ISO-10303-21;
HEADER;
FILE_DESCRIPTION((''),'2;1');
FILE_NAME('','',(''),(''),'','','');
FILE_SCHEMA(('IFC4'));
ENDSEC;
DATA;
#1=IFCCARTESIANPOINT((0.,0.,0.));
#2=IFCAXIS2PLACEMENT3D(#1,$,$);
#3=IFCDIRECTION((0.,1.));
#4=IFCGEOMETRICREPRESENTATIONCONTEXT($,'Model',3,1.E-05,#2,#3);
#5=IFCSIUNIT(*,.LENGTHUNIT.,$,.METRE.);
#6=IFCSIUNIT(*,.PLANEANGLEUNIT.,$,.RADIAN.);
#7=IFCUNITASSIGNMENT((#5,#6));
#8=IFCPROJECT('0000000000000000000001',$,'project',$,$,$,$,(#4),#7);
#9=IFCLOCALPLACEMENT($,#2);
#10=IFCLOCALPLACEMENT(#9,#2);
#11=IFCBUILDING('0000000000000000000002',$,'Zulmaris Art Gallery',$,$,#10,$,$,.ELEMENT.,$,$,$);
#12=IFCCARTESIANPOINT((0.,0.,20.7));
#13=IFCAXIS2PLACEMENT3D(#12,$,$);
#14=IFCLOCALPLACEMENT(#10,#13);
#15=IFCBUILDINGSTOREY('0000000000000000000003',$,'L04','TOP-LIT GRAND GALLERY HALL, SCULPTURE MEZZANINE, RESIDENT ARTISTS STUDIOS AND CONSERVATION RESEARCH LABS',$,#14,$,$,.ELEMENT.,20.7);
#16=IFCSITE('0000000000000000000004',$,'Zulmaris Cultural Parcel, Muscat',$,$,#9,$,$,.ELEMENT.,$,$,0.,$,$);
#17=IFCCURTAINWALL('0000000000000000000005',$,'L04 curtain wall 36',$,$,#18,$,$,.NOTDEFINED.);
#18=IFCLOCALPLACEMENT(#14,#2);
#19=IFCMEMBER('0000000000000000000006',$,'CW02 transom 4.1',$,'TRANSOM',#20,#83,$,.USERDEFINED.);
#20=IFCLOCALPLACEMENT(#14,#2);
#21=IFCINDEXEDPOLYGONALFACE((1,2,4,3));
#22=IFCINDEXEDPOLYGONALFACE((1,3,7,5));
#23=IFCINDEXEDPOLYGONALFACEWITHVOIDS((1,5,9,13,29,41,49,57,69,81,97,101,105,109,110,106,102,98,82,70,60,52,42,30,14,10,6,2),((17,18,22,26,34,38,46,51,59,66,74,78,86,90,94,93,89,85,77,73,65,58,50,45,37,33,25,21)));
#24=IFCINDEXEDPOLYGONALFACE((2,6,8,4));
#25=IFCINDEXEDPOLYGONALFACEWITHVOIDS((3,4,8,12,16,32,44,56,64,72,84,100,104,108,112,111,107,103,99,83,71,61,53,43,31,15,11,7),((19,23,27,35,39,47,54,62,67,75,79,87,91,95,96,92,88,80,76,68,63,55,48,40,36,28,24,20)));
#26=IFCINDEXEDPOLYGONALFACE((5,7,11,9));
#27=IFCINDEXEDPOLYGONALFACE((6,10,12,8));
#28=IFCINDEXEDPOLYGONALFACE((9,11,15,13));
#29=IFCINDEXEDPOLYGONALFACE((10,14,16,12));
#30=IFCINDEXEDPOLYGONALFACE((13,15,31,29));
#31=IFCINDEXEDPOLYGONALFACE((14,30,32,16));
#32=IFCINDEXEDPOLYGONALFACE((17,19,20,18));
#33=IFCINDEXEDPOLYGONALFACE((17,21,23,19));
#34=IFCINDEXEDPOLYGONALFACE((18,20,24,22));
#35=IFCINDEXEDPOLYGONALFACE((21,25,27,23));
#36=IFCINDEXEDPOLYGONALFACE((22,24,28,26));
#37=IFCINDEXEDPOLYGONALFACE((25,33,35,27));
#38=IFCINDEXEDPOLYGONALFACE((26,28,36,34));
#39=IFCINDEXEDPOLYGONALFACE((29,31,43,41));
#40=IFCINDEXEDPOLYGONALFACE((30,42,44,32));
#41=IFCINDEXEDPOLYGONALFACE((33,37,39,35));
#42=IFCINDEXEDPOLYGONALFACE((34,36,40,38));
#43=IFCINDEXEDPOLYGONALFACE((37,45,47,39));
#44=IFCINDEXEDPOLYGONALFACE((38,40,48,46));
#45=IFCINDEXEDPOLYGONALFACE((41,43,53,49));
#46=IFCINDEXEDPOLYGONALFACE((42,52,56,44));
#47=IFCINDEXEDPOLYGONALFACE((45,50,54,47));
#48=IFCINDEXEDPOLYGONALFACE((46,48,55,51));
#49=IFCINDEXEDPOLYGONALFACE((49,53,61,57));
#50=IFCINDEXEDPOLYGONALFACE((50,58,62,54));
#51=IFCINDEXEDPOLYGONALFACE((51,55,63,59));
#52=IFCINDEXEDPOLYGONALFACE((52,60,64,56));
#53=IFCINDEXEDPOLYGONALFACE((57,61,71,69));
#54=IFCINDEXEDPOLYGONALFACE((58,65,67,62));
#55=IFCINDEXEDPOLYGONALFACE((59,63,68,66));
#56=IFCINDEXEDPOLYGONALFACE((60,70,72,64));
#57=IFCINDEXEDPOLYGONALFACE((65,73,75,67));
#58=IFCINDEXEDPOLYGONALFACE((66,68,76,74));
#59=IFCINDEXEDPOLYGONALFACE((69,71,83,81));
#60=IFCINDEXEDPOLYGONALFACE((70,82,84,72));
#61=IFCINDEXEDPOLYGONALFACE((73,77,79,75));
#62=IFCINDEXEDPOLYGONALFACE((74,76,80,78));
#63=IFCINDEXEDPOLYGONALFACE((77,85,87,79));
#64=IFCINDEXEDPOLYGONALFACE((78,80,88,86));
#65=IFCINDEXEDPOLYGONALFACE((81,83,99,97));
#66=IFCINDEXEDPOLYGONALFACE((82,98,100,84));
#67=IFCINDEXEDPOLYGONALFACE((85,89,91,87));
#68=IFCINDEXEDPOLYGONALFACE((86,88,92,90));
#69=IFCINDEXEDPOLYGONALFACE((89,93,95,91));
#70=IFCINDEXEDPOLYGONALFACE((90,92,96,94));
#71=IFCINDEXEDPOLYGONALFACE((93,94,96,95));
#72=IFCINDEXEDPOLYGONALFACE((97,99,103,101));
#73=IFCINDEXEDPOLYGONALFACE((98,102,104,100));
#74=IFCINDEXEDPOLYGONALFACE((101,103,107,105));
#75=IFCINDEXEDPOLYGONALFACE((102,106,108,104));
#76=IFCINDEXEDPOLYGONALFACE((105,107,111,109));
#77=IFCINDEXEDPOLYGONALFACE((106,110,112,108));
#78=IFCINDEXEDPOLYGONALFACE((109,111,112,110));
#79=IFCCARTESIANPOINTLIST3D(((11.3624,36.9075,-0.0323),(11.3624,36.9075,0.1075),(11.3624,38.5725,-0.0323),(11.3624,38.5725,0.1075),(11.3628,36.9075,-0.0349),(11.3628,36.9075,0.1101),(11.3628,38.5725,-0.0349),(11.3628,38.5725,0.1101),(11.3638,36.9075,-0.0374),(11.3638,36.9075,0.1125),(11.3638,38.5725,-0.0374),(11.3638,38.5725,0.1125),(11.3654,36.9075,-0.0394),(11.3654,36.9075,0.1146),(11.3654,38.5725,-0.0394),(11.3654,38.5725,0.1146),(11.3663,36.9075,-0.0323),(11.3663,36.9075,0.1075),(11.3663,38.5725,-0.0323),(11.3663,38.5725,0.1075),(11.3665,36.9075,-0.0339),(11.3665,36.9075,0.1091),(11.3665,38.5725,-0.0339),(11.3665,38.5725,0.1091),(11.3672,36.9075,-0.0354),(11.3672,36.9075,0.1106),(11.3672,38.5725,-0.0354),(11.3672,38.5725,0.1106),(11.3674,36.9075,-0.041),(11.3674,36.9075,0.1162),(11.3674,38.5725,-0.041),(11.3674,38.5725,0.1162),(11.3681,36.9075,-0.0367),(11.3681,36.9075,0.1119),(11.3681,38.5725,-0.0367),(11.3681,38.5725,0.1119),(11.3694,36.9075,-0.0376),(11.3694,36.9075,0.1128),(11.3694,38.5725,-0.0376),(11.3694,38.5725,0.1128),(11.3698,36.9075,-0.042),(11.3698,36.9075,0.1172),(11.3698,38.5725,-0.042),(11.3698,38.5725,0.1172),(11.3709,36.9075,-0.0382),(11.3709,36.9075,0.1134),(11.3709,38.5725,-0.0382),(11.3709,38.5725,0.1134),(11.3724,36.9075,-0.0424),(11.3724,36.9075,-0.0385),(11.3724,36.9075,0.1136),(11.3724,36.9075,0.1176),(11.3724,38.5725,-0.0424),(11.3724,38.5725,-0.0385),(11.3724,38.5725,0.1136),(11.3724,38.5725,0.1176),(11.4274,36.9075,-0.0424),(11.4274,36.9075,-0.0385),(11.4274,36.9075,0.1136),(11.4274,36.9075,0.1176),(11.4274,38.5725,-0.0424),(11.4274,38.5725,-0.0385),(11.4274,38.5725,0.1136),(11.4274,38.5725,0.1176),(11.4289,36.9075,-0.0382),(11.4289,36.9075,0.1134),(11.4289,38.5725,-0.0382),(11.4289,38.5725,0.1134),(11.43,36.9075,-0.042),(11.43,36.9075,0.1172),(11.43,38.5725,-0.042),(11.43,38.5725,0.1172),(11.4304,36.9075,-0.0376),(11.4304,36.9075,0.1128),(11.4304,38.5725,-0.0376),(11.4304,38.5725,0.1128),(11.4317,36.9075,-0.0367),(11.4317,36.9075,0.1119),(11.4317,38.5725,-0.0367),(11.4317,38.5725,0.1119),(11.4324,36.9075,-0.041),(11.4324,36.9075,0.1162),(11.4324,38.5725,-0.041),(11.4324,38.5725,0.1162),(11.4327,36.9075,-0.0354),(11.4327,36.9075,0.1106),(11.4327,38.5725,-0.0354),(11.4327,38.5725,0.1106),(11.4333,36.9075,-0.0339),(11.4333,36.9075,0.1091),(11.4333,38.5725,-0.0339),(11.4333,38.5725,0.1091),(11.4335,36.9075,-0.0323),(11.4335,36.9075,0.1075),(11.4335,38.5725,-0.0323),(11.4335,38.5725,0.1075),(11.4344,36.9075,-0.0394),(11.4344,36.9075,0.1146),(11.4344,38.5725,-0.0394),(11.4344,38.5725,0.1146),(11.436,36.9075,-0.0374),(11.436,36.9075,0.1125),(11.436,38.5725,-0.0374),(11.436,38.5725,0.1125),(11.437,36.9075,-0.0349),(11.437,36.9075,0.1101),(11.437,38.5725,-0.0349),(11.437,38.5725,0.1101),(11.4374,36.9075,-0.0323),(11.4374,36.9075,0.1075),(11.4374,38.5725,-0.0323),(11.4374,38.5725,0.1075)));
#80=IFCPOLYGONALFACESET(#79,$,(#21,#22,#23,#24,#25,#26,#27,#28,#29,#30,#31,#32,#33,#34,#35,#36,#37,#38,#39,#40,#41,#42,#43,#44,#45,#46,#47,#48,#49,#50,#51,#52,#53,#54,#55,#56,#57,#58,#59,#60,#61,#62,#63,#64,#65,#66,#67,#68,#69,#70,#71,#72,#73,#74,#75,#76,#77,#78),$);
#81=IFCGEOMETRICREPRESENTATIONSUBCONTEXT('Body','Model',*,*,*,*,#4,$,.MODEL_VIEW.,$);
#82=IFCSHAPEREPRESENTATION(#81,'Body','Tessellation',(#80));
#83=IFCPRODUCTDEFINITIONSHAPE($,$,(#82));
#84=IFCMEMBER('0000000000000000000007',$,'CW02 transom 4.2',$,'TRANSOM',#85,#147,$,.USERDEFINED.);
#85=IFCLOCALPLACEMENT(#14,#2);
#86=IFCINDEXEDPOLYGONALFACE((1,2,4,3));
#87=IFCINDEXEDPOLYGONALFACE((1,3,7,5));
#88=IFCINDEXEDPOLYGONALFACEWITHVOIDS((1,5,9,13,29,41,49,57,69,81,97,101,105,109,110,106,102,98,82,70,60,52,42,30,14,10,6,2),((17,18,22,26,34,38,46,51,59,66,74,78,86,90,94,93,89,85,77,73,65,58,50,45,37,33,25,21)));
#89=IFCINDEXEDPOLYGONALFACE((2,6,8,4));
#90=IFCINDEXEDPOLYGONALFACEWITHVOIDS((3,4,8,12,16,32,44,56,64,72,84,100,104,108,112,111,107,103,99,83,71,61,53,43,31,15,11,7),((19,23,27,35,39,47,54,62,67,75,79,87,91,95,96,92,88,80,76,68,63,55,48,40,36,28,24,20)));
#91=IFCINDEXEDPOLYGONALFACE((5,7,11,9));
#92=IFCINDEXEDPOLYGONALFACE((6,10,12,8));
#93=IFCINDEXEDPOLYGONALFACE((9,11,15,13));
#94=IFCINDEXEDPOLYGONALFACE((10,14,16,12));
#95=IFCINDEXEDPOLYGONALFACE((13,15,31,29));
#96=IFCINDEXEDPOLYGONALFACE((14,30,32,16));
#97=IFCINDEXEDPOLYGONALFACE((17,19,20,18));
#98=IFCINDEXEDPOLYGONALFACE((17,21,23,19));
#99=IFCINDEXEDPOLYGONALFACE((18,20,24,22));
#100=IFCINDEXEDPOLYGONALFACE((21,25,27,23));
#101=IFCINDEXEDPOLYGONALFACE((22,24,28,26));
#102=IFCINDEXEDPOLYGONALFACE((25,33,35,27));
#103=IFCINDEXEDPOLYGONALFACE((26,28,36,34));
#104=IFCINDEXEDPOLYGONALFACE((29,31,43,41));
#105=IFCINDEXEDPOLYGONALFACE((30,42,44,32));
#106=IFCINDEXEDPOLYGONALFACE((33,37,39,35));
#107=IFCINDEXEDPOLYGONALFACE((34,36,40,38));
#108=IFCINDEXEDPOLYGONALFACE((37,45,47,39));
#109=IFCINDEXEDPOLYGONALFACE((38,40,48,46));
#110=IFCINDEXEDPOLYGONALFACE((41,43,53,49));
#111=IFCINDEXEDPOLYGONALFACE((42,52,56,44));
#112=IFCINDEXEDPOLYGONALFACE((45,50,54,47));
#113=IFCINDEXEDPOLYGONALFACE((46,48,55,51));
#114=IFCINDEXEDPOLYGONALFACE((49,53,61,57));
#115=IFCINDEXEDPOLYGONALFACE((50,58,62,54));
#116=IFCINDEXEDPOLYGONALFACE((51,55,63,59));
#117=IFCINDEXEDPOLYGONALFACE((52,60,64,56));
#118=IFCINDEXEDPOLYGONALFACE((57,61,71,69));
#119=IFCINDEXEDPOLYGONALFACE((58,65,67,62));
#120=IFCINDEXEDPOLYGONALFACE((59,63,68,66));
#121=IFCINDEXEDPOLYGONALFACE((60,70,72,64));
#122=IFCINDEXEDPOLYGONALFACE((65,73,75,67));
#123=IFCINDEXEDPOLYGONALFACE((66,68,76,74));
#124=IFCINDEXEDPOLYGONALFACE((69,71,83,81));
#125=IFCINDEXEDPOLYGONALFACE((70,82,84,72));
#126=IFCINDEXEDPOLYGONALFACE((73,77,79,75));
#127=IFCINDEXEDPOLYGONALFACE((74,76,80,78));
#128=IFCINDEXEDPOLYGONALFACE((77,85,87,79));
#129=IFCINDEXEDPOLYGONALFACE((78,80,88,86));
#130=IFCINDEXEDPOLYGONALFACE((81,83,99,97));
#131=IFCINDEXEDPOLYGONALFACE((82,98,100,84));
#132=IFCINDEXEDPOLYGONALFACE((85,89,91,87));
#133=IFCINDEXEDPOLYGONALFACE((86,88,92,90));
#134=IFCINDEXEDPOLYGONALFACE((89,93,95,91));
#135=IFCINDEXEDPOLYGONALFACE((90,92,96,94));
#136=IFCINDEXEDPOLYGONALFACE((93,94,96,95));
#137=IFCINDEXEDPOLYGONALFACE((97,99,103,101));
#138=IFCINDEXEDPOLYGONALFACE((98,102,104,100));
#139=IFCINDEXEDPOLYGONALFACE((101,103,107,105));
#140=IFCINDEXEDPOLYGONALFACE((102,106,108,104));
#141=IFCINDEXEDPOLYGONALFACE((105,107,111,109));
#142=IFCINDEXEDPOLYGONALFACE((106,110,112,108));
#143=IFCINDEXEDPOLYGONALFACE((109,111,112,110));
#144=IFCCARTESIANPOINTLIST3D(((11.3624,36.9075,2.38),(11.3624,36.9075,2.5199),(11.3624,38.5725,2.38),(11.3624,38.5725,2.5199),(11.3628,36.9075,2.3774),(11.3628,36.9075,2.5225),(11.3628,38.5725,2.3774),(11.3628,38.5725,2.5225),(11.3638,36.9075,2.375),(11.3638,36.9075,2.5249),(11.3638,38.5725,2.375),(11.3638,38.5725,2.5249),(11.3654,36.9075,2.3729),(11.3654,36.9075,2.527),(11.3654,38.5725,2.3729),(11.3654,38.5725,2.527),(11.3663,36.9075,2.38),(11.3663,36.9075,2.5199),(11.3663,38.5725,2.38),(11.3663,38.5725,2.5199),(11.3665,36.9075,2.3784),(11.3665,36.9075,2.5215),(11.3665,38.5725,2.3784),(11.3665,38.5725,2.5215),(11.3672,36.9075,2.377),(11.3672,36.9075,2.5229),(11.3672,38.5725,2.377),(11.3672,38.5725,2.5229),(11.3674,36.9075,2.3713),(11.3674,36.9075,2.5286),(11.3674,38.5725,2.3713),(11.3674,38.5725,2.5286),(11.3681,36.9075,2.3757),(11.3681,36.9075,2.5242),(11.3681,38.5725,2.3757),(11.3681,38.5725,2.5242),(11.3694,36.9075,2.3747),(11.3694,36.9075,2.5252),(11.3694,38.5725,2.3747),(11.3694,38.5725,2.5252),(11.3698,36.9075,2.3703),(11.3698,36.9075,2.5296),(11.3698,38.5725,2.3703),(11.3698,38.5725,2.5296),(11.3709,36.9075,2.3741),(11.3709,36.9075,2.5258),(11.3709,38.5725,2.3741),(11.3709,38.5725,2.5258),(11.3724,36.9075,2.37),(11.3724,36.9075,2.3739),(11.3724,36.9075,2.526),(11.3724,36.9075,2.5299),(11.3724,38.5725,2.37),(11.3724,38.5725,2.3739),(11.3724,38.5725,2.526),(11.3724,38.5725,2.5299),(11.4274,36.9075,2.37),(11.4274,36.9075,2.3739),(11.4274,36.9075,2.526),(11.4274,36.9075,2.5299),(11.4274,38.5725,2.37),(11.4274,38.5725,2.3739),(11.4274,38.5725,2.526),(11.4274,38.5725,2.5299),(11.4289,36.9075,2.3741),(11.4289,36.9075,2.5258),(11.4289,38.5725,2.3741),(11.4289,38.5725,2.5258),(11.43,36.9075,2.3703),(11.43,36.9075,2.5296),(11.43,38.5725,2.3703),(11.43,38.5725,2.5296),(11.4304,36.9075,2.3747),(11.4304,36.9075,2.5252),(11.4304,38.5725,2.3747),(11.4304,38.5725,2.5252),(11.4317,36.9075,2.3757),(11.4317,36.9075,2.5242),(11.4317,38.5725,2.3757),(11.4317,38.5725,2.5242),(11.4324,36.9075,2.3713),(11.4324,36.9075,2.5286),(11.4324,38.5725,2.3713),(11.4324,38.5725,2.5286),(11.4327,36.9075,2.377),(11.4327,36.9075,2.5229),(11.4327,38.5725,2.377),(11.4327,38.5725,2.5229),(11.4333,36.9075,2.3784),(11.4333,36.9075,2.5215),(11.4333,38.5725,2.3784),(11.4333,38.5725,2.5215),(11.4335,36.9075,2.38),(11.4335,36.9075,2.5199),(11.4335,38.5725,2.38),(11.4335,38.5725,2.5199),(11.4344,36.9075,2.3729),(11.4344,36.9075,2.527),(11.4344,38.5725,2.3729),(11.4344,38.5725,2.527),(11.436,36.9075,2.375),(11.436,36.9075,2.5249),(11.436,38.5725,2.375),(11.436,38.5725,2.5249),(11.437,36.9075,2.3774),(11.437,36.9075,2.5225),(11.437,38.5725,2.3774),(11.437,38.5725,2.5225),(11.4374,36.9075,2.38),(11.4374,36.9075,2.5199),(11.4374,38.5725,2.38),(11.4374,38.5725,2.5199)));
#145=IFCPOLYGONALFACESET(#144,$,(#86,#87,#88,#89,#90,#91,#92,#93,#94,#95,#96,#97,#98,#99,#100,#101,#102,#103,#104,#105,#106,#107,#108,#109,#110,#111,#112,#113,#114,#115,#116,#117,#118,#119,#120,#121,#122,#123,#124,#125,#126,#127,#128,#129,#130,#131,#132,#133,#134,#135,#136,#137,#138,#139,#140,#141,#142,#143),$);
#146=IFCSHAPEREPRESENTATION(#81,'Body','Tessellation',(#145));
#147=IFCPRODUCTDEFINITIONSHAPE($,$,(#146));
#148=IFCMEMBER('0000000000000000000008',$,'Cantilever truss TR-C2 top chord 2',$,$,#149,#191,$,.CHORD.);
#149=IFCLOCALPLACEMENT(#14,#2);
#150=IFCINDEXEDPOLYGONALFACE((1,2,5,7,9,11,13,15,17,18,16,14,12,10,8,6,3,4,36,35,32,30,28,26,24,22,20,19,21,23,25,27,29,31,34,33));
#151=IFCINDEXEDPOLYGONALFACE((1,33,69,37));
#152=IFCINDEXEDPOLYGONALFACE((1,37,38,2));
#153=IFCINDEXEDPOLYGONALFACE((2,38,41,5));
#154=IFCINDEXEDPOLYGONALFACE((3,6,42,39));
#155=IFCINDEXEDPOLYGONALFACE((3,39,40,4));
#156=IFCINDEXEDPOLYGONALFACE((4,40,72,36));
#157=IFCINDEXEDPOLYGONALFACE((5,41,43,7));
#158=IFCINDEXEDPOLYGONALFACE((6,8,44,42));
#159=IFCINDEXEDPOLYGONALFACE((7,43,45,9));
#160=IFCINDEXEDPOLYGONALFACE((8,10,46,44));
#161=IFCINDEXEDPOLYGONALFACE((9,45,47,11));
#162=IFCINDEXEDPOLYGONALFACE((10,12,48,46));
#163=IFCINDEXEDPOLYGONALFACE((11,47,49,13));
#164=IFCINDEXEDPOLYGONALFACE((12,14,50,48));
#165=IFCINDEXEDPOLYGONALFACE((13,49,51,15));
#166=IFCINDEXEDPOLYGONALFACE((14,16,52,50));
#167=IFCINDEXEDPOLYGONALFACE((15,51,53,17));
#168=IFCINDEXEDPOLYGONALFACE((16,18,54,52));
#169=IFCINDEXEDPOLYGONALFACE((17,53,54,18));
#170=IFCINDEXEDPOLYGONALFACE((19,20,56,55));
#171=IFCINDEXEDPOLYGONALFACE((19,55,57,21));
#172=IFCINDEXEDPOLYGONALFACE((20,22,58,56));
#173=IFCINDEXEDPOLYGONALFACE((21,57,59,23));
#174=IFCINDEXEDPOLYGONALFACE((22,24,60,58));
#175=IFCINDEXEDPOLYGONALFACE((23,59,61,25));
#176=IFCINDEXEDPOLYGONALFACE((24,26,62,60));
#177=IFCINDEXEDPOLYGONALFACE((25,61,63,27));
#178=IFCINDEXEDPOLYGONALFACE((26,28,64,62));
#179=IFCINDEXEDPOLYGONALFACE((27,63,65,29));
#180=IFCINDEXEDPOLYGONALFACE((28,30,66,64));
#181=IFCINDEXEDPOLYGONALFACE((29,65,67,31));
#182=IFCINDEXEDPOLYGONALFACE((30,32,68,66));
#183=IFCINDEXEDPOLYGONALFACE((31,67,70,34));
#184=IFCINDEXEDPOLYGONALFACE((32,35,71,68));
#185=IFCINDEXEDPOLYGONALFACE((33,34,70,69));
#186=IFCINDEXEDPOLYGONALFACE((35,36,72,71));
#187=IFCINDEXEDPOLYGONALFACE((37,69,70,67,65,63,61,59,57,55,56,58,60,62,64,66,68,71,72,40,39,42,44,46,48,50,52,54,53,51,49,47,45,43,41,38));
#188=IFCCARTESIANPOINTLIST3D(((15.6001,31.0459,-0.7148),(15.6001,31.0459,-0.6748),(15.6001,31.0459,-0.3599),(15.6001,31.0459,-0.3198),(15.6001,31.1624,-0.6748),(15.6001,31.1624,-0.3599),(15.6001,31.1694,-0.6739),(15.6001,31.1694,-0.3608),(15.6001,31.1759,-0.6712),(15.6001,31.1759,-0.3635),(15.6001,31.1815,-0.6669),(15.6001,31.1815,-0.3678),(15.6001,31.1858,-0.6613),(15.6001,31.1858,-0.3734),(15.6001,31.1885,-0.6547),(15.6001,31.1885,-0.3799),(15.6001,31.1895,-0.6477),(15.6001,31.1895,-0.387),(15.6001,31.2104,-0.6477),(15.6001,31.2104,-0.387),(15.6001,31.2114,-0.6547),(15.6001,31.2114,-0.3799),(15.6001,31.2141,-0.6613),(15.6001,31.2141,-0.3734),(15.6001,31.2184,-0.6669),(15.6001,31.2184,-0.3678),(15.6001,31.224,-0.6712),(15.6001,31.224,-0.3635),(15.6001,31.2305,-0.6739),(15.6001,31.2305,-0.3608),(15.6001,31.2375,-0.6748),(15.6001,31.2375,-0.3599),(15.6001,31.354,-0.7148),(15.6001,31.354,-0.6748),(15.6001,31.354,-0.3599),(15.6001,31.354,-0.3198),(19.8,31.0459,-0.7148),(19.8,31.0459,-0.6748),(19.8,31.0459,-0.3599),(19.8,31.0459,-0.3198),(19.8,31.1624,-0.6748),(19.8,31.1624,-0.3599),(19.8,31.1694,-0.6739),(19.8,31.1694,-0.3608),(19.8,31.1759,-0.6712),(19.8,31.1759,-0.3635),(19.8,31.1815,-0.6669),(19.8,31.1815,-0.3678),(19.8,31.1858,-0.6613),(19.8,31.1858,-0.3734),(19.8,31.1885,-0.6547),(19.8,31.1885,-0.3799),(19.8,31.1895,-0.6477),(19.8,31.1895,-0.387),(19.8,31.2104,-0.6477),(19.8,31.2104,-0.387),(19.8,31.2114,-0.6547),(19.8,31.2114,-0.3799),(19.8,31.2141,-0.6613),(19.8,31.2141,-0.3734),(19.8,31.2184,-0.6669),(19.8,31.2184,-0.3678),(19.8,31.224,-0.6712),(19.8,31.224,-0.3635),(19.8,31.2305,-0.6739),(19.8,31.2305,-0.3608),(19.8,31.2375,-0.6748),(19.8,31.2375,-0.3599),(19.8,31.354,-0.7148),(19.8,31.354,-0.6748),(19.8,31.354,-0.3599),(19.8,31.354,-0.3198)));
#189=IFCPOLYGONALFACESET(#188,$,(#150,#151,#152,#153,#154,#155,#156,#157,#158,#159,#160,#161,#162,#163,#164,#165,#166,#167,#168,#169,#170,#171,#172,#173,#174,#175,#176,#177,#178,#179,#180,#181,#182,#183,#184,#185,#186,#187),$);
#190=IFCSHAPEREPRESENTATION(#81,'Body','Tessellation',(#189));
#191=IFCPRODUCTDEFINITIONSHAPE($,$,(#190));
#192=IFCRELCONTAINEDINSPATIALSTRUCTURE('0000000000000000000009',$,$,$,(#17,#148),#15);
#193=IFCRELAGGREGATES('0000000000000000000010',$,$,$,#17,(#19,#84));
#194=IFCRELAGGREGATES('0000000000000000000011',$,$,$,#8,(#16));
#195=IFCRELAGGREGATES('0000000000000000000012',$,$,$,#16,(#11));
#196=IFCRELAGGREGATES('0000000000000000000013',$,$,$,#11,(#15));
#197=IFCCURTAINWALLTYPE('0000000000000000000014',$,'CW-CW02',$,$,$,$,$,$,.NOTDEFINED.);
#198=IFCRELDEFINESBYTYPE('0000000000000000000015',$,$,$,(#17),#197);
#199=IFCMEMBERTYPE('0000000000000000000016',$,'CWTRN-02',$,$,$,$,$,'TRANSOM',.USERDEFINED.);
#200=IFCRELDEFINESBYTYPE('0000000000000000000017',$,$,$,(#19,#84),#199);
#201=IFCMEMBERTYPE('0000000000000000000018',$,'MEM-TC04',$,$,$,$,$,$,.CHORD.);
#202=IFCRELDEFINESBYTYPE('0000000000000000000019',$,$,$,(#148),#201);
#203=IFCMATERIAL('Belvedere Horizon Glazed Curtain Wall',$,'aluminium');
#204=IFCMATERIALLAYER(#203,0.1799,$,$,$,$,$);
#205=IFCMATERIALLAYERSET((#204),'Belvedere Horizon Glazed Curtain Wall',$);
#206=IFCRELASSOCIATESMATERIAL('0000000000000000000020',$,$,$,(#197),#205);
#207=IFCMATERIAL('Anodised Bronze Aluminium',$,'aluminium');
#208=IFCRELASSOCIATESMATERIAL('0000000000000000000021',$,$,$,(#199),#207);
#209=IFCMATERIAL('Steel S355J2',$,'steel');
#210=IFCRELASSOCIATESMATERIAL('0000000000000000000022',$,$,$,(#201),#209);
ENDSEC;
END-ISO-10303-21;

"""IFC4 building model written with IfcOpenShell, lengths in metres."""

from ifc_helpers import new_model, si_unit, direction, frame, origin, origin_2d, place, context, subcontext, project, spatial, hollow_rectangle, i_section, extrude, material, layer, layer_set, material_profile, profile_set, type_object, element, aggregate, save


model = new_model("IFC4")

# Units and contexts
model_context = context("Model", 3, precision=1e-05, world=origin(), true_north=direction((0.0, 1.0)))
body_context = subcontext(model_context, "Body", "Model", "MODEL_VIEW")
ifc_project = project(units=[si_unit("LENGTHUNIT", "METRE"), si_unit("PLANEANGLEUNIT", "RADIAN")], contexts=[model_context])

# Site, building, storey
site_placement = place(None, origin())
site = spatial("IfcSite", under=ifc_project, at=site_placement, Name="Zulmaris Cultural Parcel, Muscat", CompositionType="ELEMENT", RefElevation=0.0)
building_placement = place(site_placement, origin())
building = spatial("IfcBuilding", under=site, at=building_placement, Name="Zulmaris Art Gallery", CompositionType="ELEMENT")
storey_placement = place(building_placement, frame((0.0, 0.0, 20.7)))
storey = spatial("IfcBuildingStorey", under=building, at=storey_placement, Name="L04", Description="TOP-LIT GRAND GALLERY HALL, SCULPTURE MEZZANINE, RESIDENT ARTISTS STUDIOS AND CONSERVATION RESEARCH LABS", CompositionType="ELEMENT", Elevation=20.7)

# Shared definitions
ifc_material_1 = material(Name="Steel S355J2", Category="steel")

# Curtain wall, members
ifc_material_2 = material(Name="Belvedere Horizon Glazed Curtain Wall", Category="aluminium")
ifc_layer_1 = layer(ifc_material_2, 0.1799)
ifc_layer_set_1 = layer_set([ifc_layer_1], Name="Belvedere Horizon Glazed Curtain Wall")
curtain_wall_type = type_object("IfcCurtainWallType", Name="CW-CW02", PredefinedType="NOTDEFINED", material=ifc_layer_set_1)
curtain_wall_placement = place(storey_placement, origin())
curtain_wall = element("IfcCurtainWall", 1, at=curtain_wall_placement, inside=storey, type_object=curtain_wall_type, Name="L04 curtain wall 36", PredefinedType="NOTDEFINED")
ifc_material_3 = material(Name="Anodised Bronze Aluminium", Category="aluminium")
ifc_material_profile_1 = material_profile(ifc_material_3, hollow_rectangle(XDim=0.075, YDim=0.1599, WallThickness=0.0039, InnerFilletRadius=0.0061, OuterFilletRadius=0.01, at=origin_2d()), Name="ALU 75x160x4")
ifc_profile_set_1 = profile_set([ifc_material_profile_1], Name="Anodised Bronze Aluminium")
member_type_1 = type_object("IfcMemberType", Name="CWTRN-02", ElementType="TRANSOM", PredefinedType="USERDEFINED", material=ifc_profile_set_1)
member_1_placement = place(storey_placement, frame((11.3999, 36.9075, 0.0376), z_axis=(0.0, 1.0, 0.0), x_axis=(-1.0, 0.0, 0.0)))
member_1 = element("IfcMember", 2, at=member_1_placement, type_object=member_type_1, Name="CW02 transom 4.1", ObjectType="TRANSOM", PredefinedType="USERDEFINED", context=body_context, shape_type="SweptSolid", body=[
    extrude(hollow_rectangle(XDim=0.075, YDim=0.1599, WallThickness=0.0039, InnerFilletRadius=0.0061, OuterFilletRadius=0.01, at=origin_2d()), origin(), (0.0, 0.0, 1.0), 1.665),
])
member_2_placement = place(storey_placement, frame((11.3999, 36.9075, 2.45), z_axis=(0.0, 1.0, 0.0), x_axis=(-1.0, 0.0, 0.0)))
member_2 = element("IfcMember", 3, at=member_2_placement, type_object=member_type_1, Name="CW02 transom 4.2", ObjectType="TRANSOM", PredefinedType="USERDEFINED", context=body_context, shape_type="SweptSolid", body=[
    extrude(hollow_rectangle(XDim=0.075, YDim=0.1599, WallThickness=0.0039, InnerFilletRadius=0.0061, OuterFilletRadius=0.01, at=origin_2d()), origin(), (0.0, 0.0, 1.0), 1.665),
])

# Member
ifc_material_profile_2 = material_profile(ifc_material_1, i_section(OverallWidth=0.3081, OverallDepth=0.395, WebThickness=0.021, FlangeThickness=0.04, FilletRadius=0.0271, at=origin_2d()), Name="HEM 360")
ifc_profile_set_2 = profile_set([ifc_material_profile_2], Name="Steel S355J2")
member_type_2 = type_object("IfcMemberType", Name="MEM-TC04", PredefinedType="CHORD", material=ifc_profile_set_2)
for number, where, z_axis, x_axis, name in (
    (4, (15.6001, 31.2, -0.5173), (1.0, 0.0, 0.0), (0.0, 1.0, 0.0), "Cantilever truss TR-C2 top chord 2"),
):
    element("IfcMember", number, at=place(storey_placement, frame(where, z_axis=z_axis, x_axis=x_axis)), inside=storey, type_object=member_type_2, Name=name, PredefinedType="CHORD", context=body_context, shape_type="SweptSolid", body=[
        extrude(i_section(OverallWidth=0.3081, OverallDepth=0.395, WebThickness=0.021, FlangeThickness=0.04, FilletRadius=0.0271, at=origin_2d()), origin(), (0.0, 0.0, 1.0), 4.2),
    ])

aggregate(curtain_wall, [member_1, member_2])

save(model, "model.ifc")
